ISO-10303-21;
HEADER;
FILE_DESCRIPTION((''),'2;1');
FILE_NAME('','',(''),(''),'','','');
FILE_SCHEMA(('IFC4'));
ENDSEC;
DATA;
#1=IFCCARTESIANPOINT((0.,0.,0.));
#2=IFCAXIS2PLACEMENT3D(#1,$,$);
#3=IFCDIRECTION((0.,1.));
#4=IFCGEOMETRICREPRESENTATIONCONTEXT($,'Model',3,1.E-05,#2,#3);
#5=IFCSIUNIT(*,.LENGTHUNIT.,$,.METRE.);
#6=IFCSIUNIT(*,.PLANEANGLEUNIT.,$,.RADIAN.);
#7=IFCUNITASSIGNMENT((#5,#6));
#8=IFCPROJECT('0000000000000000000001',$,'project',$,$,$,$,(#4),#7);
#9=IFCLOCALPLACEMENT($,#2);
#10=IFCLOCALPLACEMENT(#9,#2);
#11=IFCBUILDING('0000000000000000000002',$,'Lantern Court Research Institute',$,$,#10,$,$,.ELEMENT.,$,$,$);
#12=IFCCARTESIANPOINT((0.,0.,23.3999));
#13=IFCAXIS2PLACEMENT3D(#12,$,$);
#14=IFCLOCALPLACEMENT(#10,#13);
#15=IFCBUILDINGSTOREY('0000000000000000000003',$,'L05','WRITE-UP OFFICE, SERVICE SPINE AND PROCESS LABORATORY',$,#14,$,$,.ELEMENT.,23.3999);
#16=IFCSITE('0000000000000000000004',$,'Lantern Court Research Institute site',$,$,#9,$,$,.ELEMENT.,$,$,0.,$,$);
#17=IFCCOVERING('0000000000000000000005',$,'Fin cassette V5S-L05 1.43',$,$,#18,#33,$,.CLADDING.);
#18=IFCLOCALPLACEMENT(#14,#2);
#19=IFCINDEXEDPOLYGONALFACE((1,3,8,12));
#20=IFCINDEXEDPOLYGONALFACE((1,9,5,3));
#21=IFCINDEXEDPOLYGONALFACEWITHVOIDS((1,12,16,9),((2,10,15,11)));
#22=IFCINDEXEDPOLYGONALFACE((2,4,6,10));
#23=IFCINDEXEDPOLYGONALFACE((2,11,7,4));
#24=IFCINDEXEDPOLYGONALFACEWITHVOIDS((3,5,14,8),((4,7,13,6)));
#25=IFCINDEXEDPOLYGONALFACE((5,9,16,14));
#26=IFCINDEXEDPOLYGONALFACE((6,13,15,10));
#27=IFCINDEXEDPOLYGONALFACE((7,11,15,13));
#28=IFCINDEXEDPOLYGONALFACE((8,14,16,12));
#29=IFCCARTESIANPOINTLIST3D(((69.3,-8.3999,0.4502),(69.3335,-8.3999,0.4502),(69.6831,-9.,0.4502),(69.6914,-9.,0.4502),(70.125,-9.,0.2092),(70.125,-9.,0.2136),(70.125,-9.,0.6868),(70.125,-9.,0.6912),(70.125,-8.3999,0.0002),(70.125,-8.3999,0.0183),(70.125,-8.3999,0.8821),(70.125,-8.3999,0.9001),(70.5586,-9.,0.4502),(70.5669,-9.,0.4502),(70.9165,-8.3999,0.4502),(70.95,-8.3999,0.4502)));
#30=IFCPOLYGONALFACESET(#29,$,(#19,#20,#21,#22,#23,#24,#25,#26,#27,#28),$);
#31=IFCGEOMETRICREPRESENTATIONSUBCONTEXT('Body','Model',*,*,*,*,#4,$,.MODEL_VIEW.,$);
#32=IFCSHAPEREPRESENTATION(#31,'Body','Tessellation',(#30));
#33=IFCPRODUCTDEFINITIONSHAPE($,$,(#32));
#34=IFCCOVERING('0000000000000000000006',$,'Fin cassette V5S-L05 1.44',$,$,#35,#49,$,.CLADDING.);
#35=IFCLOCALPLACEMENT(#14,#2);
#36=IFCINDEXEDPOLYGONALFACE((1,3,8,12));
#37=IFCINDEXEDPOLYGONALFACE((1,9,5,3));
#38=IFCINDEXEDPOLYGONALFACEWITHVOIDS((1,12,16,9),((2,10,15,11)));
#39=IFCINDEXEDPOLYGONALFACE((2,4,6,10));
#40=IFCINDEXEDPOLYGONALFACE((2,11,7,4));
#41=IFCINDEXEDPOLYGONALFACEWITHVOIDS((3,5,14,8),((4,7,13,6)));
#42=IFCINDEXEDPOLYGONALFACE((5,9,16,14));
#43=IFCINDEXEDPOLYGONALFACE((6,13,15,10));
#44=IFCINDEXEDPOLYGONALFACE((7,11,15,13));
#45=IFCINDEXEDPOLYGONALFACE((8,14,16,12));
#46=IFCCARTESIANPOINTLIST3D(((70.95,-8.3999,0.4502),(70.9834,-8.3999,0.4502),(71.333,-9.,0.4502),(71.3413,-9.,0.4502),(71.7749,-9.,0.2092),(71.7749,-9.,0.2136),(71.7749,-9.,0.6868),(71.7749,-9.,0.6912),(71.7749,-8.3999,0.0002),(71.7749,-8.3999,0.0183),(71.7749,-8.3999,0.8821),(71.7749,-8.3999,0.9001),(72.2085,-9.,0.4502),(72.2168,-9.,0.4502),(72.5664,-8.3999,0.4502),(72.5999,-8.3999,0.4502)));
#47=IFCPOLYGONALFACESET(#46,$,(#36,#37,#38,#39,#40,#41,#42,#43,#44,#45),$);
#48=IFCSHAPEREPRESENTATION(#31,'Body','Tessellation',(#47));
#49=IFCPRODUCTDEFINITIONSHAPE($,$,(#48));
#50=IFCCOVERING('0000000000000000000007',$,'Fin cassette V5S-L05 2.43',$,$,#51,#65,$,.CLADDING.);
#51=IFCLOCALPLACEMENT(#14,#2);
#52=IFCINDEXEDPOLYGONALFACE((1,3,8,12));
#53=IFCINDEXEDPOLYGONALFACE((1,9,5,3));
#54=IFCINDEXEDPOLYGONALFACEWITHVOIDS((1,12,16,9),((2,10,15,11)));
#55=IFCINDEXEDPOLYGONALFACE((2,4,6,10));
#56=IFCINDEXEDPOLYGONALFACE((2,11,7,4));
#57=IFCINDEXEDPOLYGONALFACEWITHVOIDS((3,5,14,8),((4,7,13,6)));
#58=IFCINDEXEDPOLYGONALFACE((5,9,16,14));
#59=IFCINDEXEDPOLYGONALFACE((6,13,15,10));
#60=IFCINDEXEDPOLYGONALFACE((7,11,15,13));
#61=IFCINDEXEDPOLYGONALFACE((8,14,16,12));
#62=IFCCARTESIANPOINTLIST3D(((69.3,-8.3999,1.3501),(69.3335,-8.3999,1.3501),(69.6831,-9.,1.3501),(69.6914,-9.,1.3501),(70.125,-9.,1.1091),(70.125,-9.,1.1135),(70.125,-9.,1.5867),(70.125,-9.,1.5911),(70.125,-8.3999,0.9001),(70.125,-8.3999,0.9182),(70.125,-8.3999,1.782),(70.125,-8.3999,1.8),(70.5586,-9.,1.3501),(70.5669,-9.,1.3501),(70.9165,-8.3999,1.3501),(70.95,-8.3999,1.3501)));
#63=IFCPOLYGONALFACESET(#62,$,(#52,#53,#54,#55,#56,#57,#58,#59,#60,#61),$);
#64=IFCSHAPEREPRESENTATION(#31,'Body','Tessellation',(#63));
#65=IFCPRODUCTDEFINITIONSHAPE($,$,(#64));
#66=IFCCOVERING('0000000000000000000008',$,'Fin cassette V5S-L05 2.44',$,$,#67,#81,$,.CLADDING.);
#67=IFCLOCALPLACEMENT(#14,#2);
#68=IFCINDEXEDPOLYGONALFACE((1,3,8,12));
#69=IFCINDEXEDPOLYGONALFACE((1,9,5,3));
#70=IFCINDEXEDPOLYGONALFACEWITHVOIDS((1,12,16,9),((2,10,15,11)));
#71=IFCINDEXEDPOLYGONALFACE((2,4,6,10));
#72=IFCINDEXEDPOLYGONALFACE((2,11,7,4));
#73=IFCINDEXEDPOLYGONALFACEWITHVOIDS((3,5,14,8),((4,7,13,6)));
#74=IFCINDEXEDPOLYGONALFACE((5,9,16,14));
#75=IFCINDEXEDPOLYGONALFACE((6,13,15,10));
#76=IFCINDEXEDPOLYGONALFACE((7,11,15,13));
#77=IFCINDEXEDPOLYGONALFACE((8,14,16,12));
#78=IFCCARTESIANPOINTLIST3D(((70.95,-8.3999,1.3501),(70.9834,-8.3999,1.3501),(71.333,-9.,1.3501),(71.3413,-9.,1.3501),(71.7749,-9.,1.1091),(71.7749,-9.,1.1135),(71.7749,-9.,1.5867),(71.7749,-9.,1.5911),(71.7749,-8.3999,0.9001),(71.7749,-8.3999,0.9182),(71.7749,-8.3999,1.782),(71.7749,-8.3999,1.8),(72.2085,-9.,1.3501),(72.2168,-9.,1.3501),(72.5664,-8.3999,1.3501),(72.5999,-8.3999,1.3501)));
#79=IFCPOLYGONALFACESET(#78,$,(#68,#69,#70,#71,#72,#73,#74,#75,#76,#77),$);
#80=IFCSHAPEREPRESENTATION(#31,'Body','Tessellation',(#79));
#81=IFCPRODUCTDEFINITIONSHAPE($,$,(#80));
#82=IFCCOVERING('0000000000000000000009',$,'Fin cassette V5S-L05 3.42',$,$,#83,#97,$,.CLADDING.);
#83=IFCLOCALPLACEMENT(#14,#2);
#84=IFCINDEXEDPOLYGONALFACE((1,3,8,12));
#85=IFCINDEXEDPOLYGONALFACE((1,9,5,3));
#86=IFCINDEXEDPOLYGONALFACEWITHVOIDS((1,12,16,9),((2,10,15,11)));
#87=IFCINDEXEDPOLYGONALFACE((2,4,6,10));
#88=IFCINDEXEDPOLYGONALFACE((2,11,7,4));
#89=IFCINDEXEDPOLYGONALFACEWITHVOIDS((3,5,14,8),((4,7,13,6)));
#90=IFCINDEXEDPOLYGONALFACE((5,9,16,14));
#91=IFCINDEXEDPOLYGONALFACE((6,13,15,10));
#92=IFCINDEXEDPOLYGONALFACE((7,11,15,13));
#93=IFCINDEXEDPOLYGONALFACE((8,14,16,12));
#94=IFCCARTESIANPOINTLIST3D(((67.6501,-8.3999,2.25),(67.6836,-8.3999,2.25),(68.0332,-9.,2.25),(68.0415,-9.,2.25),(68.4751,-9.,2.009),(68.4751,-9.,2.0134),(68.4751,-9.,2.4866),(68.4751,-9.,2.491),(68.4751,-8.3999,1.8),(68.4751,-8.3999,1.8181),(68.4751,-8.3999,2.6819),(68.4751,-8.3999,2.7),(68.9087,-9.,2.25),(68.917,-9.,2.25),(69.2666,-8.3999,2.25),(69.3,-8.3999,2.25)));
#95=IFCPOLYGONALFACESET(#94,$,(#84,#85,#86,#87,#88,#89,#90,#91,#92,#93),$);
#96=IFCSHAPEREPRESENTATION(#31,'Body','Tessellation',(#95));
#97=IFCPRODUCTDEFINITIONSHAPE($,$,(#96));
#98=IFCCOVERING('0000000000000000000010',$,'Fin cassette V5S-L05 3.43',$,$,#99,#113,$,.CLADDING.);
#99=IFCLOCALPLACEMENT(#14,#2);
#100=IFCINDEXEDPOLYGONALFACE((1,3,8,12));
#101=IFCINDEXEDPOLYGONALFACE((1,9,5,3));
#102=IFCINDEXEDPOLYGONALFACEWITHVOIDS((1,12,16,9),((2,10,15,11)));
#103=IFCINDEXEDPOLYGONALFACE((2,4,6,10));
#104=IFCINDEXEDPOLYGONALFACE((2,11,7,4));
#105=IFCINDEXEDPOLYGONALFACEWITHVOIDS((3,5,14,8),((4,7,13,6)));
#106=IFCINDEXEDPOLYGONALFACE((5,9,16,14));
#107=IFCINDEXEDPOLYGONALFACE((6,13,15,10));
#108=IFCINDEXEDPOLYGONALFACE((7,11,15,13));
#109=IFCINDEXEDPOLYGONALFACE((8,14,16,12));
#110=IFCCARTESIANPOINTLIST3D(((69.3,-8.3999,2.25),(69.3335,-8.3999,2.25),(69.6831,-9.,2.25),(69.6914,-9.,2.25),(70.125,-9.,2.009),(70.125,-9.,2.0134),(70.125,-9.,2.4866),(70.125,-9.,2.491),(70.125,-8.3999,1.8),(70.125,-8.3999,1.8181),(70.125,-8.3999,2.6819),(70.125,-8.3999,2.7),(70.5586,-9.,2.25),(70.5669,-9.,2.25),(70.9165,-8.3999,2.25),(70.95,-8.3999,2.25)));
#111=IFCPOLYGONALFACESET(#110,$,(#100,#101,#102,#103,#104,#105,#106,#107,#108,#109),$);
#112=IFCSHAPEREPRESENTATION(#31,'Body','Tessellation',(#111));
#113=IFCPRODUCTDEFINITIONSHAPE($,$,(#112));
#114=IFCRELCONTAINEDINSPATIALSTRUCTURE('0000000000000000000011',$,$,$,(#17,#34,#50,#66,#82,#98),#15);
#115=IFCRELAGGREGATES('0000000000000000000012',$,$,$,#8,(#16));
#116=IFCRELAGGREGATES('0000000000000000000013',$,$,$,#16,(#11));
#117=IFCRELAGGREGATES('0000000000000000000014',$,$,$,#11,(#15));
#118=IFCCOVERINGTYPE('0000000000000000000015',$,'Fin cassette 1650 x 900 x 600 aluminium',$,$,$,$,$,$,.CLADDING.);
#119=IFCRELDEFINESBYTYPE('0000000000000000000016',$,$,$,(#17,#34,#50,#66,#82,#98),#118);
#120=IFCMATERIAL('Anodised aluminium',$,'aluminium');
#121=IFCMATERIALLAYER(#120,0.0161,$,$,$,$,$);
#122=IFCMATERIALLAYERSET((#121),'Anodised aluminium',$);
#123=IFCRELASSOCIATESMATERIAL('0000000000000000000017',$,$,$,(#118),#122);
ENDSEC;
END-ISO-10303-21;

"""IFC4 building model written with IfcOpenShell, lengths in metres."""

from ifc_helpers import new_model, entity, si_unit, direction, frame, origin, place, context, subcontext, project, spatial, material, layer, layer_set, type_object, element, save


model = new_model("IFC4")

# Units and contexts
model_context = context("Model", 3, precision=1e-05, world=origin(), true_north=direction((0.0, 1.0)))
body_context = subcontext(model_context, "Body", "Model", "MODEL_VIEW")
ifc_project = project(units=[si_unit("LENGTHUNIT", "METRE"), si_unit("PLANEANGLEUNIT", "RADIAN")], contexts=[model_context])

# Site, building, storey
site_placement = place(None, origin())
site = spatial("IfcSite", under=ifc_project, at=site_placement, Name="Lantern Court Research Institute site", CompositionType="ELEMENT", RefElevation=0.0)
building_placement = place(site_placement, origin())
building = spatial("IfcBuilding", under=site, at=building_placement, Name="Lantern Court Research Institute", CompositionType="ELEMENT")
storey_placement = place(building_placement, frame((0.0, 0.0, 23.3999)))
storey = spatial("IfcBuildingStorey", under=building, at=storey_placement, Name="L05", Description="WRITE-UP OFFICE, SERVICE SPINE AND PROCESS LABORATORY", CompositionType="ELEMENT", Elevation=23.3999)

# Coverings
ifc_material_1 = material(Name="Anodised aluminium", Category="aluminium")
ifc_layer_1 = layer(ifc_material_1, 0.0161)
ifc_layer_set_1 = layer_set([ifc_layer_1], Name="Anodised aluminium")
covering_type = type_object("IfcCoveringType", Name="Fin cassette 1650 x 900 x 600 aluminium", PredefinedType="CLADDING", material=ifc_layer_set_1)
covering_1_placement = place(storey_placement, frame((70.125, -8.3999, 0.4502), z_axis=(0.0, -1.0, 0.0), x_axis=(1.0, 0.0, 0.0)))
cartesian_point_1 = entity("IfcCartesianPoint", [0.825, 0.0])
cartesian_point_2 = entity("IfcCartesianPoint", [0.7915, 0.0])
cartesian_point_3 = entity("IfcCartesianPoint", [0.4419, 0.0])
cartesian_point_4 = entity("IfcCartesianPoint", [0.4336, 0.0])
element("IfcCovering", 1, at=covering_1_placement, inside=storey, type_object=covering_type, Name="Fin cassette V5S-L05 1.43", PredefinedType="CLADDING", context=body_context, shape_type="SweptSolid", body=[
    entity("IfcExtrudedAreaSolidTapered", entity("IfcArbitraryProfileDefWithVoids", "AREA", None, entity("IfcPolyline", [cartesian_point_1, entity("IfcCartesianPoint", [0.0, 0.45]), entity("IfcCartesianPoint", [-0.825, 0.0]), entity("IfcCartesianPoint", [0.0, -0.45]), cartesian_point_1]), [entity("IfcPolyline", [cartesian_point_2, entity("IfcCartesianPoint", [0.0, 0.4319]), entity("IfcCartesianPoint", [-0.7915, 0.0]), entity("IfcCartesianPoint", [0.0, -0.4319]), cartesian_point_2])]), entity("IfcAxis2Placement3D", entity("IfcCartesianPoint", [0.0, 0.0, 0.0])), entity("IfcDirection", [0.0, 0.0, 1.0]), 0.6001, entity("IfcArbitraryProfileDefWithVoids", "AREA", None, entity("IfcPolyline", [cartesian_point_3, entity("IfcCartesianPoint", [0.0, 0.241]), entity("IfcCartesianPoint", [-0.4419, 0.0]), entity("IfcCartesianPoint", [0.0, -0.241]), cartesian_point_3]), [entity("IfcPolyline", [cartesian_point_4, entity("IfcCartesianPoint", [0.0, 0.2366]), entity("IfcCartesianPoint", [-0.4336, 0.0]), entity("IfcCartesianPoint", [0.0, -0.2366]), cartesian_point_4])])),
])
covering_2_placement = place(storey_placement, frame((71.7749, -8.3999, 0.4502), z_axis=(0.0, -1.0, 0.0), x_axis=(1.0, 0.0, 0.0)))
cartesian_point_5 = entity("IfcCartesianPoint", [0.825, 0.0])
cartesian_point_6 = entity("IfcCartesianPoint", [0.7915, 0.0])
cartesian_point_7 = entity("IfcCartesianPoint", [0.4419, 0.0])
cartesian_point_8 = entity("IfcCartesianPoint", [0.4336, 0.0])
element("IfcCovering", 2, at=covering_2_placement, inside=storey, type_object=covering_type, Name="Fin cassette V5S-L05 1.44", PredefinedType="CLADDING", context=body_context, shape_type="SweptSolid", body=[
    entity("IfcExtrudedAreaSolidTapered", entity("IfcArbitraryProfileDefWithVoids", "AREA", None, entity("IfcPolyline", [cartesian_point_5, entity("IfcCartesianPoint", [0.0, 0.45]), entity("IfcCartesianPoint", [-0.825, 0.0]), entity("IfcCartesianPoint", [0.0, -0.45]), cartesian_point_5]), [entity("IfcPolyline", [cartesian_point_6, entity("IfcCartesianPoint", [0.0, 0.4319]), entity("IfcCartesianPoint", [-0.7915, 0.0]), entity("IfcCartesianPoint", [0.0, -0.4319]), cartesian_point_6])]), entity("IfcAxis2Placement3D", entity("IfcCartesianPoint", [0.0, 0.0, 0.0])), entity("IfcDirection", [0.0, 0.0, 1.0]), 0.6001, entity("IfcArbitraryProfileDefWithVoids", "AREA", None, entity("IfcPolyline", [cartesian_point_7, entity("IfcCartesianPoint", [0.0, 0.241]), entity("IfcCartesianPoint", [-0.4419, 0.0]), entity("IfcCartesianPoint", [0.0, -0.241]), cartesian_point_7]), [entity("IfcPolyline", [cartesian_point_8, entity("IfcCartesianPoint", [0.0, 0.2366]), entity("IfcCartesianPoint", [-0.4336, 0.0]), entity("IfcCartesianPoint", [0.0, -0.2366]), cartesian_point_8])])),
])
covering_3_placement = place(storey_placement, frame((70.125, -8.3999, 1.3501), z_axis=(0.0, -1.0, 0.0), x_axis=(1.0, 0.0, 0.0)))
cartesian_point_9 = entity("IfcCartesianPoint", [0.825, 0.0])
cartesian_point_10 = entity("IfcCartesianPoint", [0.7915, 0.0])
cartesian_point_11 = entity("IfcCartesianPoint", [0.4419, 0.0])
cartesian_point_12 = entity("IfcCartesianPoint", [0.4336, 0.0])
element("IfcCovering", 3, at=covering_3_placement, inside=storey, type_object=covering_type, Name="Fin cassette V5S-L05 2.43", PredefinedType="CLADDING", context=body_context, shape_type="SweptSolid", body=[
    entity("IfcExtrudedAreaSolidTapered", entity("IfcArbitraryProfileDefWithVoids", "AREA", None, entity("IfcPolyline", [cartesian_point_9, entity("IfcCartesianPoint", [0.0, 0.45]), entity("IfcCartesianPoint", [-0.825, 0.0]), entity("IfcCartesianPoint", [0.0, -0.45]), cartesian_point_9]), [entity("IfcPolyline", [cartesian_point_10, entity("IfcCartesianPoint", [0.0, 0.4319]), entity("IfcCartesianPoint", [-0.7915, 0.0]), entity("IfcCartesianPoint", [0.0, -0.4319]), cartesian_point_10])]), entity("IfcAxis2Placement3D", entity("IfcCartesianPoint", [0.0, 0.0, 0.0])), entity("IfcDirection", [0.0, 0.0, 1.0]), 0.6001, entity("IfcArbitraryProfileDefWithVoids", "AREA", None, entity("IfcPolyline", [cartesian_point_11, entity("IfcCartesianPoint", [0.0, 0.241]), entity("IfcCartesianPoint", [-0.4419, 0.0]), entity("IfcCartesianPoint", [0.0, -0.241]), cartesian_point_11]), [entity("IfcPolyline", [cartesian_point_12, entity("IfcCartesianPoint", [0.0, 0.2366]), entity("IfcCartesianPoint", [-0.4336, 0.0]), entity("IfcCartesianPoint", [0.0, -0.2366]), cartesian_point_12])])),
])
covering_4_placement = place(storey_placement, frame((71.7749, -8.3999, 1.3501), z_axis=(0.0, -1.0, 0.0), x_axis=(1.0, 0.0, 0.0)))
cartesian_point_13 = entity("IfcCartesianPoint", [0.825, 0.0])
cartesian_point_14 = entity("IfcCartesianPoint", [0.7915, 0.0])
cartesian_point_15 = entity("IfcCartesianPoint", [0.4419, 0.0])
cartesian_point_16 = entity("IfcCartesianPoint", [0.4336, 0.0])
element("IfcCovering", 4, at=covering_4_placement, inside=storey, type_object=covering_type, Name="Fin cassette V5S-L05 2.44", PredefinedType="CLADDING", context=body_context, shape_type="SweptSolid", body=[
    entity("IfcExtrudedAreaSolidTapered", entity("IfcArbitraryProfileDefWithVoids", "AREA", None, entity("IfcPolyline", [cartesian_point_13, entity("IfcCartesianPoint", [0.0, 0.45]), entity("IfcCartesianPoint", [-0.825, 0.0]), entity("IfcCartesianPoint", [0.0, -0.45]), cartesian_point_13]), [entity("IfcPolyline", [cartesian_point_14, entity("IfcCartesianPoint", [0.0, 0.4319]), entity("IfcCartesianPoint", [-0.7915, 0.0]), entity("IfcCartesianPoint", [0.0, -0.4319]), cartesian_point_14])]), entity("IfcAxis2Placement3D", entity("IfcCartesianPoint", [0.0, 0.0, 0.0])), entity("IfcDirection", [0.0, 0.0, 1.0]), 0.6001, entity("IfcArbitraryProfileDefWithVoids", "AREA", None, entity("IfcPolyline", [cartesian_point_15, entity("IfcCartesianPoint", [0.0, 0.241]), entity("IfcCartesianPoint", [-0.4419, 0.0]), entity("IfcCartesianPoint", [0.0, -0.241]), cartesian_point_15]), [entity("IfcPolyline", [cartesian_point_16, entity("IfcCartesianPoint", [0.0, 0.2366]), entity("IfcCartesianPoint", [-0.4336, 0.0]), entity("IfcCartesianPoint", [0.0, -0.2366]), cartesian_point_16])])),
])
covering_5_placement = place(storey_placement, frame((68.4751, -8.3999, 2.25), z_axis=(0.0, -1.0, 0.0), x_axis=(1.0, 0.0, 0.0)))
cartesian_point_17 = entity("IfcCartesianPoint", [0.825, 0.0])
cartesian_point_18 = entity("IfcCartesianPoint", [0.7915, 0.0])
cartesian_point_19 = entity("IfcCartesianPoint", [0.4419, 0.0])
cartesian_point_20 = entity("IfcCartesianPoint", [0.4336, 0.0])
element("IfcCovering", 5, at=covering_5_placement, inside=storey, type_object=covering_type, Name="Fin cassette V5S-L05 3.42", PredefinedType="CLADDING", context=body_context, shape_type="SweptSolid", body=[
    entity("IfcExtrudedAreaSolidTapered", entity("IfcArbitraryProfileDefWithVoids", "AREA", None, entity("IfcPolyline", [cartesian_point_17, entity("IfcCartesianPoint", [0.0, 0.45]), entity("IfcCartesianPoint", [-0.825, 0.0]), entity("IfcCartesianPoint", [0.0, -0.45]), cartesian_point_17]), [entity("IfcPolyline", [cartesian_point_18, entity("IfcCartesianPoint", [0.0, 0.4319]), entity("IfcCartesianPoint", [-0.7915, 0.0]), entity("IfcCartesianPoint", [0.0, -0.4319]), cartesian_point_18])]), entity("IfcAxis2Placement3D", entity("IfcCartesianPoint", [0.0, 0.0, 0.0])), entity("IfcDirection", [0.0, 0.0, 1.0]), 0.6001, entity("IfcArbitraryProfileDefWithVoids", "AREA", None, entity("IfcPolyline", [cartesian_point_19, entity("IfcCartesianPoint", [0.0, 0.241]), entity("IfcCartesianPoint", [-0.4419, 0.0]), entity("IfcCartesianPoint", [0.0, -0.241]), cartesian_point_19]), [entity("IfcPolyline", [cartesian_point_20, entity("IfcCartesianPoint", [0.0, 0.2366]), entity("IfcCartesianPoint", [-0.4336, 0.0]), entity("IfcCartesianPoint", [0.0, -0.2366]), cartesian_point_20])])),
])
covering_6_placement = place(storey_placement, frame((70.125, -8.3999, 2.25), z_axis=(0.0, -1.0, 0.0), x_axis=(1.0, 0.0, 0.0)))
cartesian_point_21 = entity("IfcCartesianPoint", [0.825, 0.0])
cartesian_point_22 = entity("IfcCartesianPoint", [0.7915, 0.0])
cartesian_point_23 = entity("IfcCartesianPoint", [0.4419, 0.0])
cartesian_point_24 = entity("IfcCartesianPoint", [0.4336, 0.0])
element("IfcCovering", 6, at=covering_6_placement, inside=storey, type_object=covering_type, Name="Fin cassette V5S-L05 3.43", PredefinedType="CLADDING", context=body_context, shape_type="SweptSolid", body=[
    entity("IfcExtrudedAreaSolidTapered", entity("IfcArbitraryProfileDefWithVoids", "AREA", None, entity("IfcPolyline", [cartesian_point_21, entity("IfcCartesianPoint", [0.0, 0.45]), entity("IfcCartesianPoint", [-0.825, 0.0]), entity("IfcCartesianPoint", [0.0, -0.45]), cartesian_point_21]), [entity("IfcPolyline", [cartesian_point_22, entity("IfcCartesianPoint", [0.0, 0.4319]), entity("IfcCartesianPoint", [-0.7915, 0.0]), entity("IfcCartesianPoint", [0.0, -0.4319]), cartesian_point_22])]), entity("IfcAxis2Placement3D", entity("IfcCartesianPoint", [0.0, 0.0, 0.0])), entity("IfcDirection", [0.0, 0.0, 1.0]), 0.6001, entity("IfcArbitraryProfileDefWithVoids", "AREA", None, entity("IfcPolyline", [cartesian_point_23, entity("IfcCartesianPoint", [0.0, 0.241]), entity("IfcCartesianPoint", [-0.4419, 0.0]), entity("IfcCartesianPoint", [0.0, -0.241]), cartesian_point_23]), [entity("IfcPolyline", [cartesian_point_24, entity("IfcCartesianPoint", [0.0, 0.2366]), entity("IfcCartesianPoint", [-0.4336, 0.0]), entity("IfcCartesianPoint", [0.0, -0.2366]), cartesian_point_24])])),
])

save(model, "model.ifc")
